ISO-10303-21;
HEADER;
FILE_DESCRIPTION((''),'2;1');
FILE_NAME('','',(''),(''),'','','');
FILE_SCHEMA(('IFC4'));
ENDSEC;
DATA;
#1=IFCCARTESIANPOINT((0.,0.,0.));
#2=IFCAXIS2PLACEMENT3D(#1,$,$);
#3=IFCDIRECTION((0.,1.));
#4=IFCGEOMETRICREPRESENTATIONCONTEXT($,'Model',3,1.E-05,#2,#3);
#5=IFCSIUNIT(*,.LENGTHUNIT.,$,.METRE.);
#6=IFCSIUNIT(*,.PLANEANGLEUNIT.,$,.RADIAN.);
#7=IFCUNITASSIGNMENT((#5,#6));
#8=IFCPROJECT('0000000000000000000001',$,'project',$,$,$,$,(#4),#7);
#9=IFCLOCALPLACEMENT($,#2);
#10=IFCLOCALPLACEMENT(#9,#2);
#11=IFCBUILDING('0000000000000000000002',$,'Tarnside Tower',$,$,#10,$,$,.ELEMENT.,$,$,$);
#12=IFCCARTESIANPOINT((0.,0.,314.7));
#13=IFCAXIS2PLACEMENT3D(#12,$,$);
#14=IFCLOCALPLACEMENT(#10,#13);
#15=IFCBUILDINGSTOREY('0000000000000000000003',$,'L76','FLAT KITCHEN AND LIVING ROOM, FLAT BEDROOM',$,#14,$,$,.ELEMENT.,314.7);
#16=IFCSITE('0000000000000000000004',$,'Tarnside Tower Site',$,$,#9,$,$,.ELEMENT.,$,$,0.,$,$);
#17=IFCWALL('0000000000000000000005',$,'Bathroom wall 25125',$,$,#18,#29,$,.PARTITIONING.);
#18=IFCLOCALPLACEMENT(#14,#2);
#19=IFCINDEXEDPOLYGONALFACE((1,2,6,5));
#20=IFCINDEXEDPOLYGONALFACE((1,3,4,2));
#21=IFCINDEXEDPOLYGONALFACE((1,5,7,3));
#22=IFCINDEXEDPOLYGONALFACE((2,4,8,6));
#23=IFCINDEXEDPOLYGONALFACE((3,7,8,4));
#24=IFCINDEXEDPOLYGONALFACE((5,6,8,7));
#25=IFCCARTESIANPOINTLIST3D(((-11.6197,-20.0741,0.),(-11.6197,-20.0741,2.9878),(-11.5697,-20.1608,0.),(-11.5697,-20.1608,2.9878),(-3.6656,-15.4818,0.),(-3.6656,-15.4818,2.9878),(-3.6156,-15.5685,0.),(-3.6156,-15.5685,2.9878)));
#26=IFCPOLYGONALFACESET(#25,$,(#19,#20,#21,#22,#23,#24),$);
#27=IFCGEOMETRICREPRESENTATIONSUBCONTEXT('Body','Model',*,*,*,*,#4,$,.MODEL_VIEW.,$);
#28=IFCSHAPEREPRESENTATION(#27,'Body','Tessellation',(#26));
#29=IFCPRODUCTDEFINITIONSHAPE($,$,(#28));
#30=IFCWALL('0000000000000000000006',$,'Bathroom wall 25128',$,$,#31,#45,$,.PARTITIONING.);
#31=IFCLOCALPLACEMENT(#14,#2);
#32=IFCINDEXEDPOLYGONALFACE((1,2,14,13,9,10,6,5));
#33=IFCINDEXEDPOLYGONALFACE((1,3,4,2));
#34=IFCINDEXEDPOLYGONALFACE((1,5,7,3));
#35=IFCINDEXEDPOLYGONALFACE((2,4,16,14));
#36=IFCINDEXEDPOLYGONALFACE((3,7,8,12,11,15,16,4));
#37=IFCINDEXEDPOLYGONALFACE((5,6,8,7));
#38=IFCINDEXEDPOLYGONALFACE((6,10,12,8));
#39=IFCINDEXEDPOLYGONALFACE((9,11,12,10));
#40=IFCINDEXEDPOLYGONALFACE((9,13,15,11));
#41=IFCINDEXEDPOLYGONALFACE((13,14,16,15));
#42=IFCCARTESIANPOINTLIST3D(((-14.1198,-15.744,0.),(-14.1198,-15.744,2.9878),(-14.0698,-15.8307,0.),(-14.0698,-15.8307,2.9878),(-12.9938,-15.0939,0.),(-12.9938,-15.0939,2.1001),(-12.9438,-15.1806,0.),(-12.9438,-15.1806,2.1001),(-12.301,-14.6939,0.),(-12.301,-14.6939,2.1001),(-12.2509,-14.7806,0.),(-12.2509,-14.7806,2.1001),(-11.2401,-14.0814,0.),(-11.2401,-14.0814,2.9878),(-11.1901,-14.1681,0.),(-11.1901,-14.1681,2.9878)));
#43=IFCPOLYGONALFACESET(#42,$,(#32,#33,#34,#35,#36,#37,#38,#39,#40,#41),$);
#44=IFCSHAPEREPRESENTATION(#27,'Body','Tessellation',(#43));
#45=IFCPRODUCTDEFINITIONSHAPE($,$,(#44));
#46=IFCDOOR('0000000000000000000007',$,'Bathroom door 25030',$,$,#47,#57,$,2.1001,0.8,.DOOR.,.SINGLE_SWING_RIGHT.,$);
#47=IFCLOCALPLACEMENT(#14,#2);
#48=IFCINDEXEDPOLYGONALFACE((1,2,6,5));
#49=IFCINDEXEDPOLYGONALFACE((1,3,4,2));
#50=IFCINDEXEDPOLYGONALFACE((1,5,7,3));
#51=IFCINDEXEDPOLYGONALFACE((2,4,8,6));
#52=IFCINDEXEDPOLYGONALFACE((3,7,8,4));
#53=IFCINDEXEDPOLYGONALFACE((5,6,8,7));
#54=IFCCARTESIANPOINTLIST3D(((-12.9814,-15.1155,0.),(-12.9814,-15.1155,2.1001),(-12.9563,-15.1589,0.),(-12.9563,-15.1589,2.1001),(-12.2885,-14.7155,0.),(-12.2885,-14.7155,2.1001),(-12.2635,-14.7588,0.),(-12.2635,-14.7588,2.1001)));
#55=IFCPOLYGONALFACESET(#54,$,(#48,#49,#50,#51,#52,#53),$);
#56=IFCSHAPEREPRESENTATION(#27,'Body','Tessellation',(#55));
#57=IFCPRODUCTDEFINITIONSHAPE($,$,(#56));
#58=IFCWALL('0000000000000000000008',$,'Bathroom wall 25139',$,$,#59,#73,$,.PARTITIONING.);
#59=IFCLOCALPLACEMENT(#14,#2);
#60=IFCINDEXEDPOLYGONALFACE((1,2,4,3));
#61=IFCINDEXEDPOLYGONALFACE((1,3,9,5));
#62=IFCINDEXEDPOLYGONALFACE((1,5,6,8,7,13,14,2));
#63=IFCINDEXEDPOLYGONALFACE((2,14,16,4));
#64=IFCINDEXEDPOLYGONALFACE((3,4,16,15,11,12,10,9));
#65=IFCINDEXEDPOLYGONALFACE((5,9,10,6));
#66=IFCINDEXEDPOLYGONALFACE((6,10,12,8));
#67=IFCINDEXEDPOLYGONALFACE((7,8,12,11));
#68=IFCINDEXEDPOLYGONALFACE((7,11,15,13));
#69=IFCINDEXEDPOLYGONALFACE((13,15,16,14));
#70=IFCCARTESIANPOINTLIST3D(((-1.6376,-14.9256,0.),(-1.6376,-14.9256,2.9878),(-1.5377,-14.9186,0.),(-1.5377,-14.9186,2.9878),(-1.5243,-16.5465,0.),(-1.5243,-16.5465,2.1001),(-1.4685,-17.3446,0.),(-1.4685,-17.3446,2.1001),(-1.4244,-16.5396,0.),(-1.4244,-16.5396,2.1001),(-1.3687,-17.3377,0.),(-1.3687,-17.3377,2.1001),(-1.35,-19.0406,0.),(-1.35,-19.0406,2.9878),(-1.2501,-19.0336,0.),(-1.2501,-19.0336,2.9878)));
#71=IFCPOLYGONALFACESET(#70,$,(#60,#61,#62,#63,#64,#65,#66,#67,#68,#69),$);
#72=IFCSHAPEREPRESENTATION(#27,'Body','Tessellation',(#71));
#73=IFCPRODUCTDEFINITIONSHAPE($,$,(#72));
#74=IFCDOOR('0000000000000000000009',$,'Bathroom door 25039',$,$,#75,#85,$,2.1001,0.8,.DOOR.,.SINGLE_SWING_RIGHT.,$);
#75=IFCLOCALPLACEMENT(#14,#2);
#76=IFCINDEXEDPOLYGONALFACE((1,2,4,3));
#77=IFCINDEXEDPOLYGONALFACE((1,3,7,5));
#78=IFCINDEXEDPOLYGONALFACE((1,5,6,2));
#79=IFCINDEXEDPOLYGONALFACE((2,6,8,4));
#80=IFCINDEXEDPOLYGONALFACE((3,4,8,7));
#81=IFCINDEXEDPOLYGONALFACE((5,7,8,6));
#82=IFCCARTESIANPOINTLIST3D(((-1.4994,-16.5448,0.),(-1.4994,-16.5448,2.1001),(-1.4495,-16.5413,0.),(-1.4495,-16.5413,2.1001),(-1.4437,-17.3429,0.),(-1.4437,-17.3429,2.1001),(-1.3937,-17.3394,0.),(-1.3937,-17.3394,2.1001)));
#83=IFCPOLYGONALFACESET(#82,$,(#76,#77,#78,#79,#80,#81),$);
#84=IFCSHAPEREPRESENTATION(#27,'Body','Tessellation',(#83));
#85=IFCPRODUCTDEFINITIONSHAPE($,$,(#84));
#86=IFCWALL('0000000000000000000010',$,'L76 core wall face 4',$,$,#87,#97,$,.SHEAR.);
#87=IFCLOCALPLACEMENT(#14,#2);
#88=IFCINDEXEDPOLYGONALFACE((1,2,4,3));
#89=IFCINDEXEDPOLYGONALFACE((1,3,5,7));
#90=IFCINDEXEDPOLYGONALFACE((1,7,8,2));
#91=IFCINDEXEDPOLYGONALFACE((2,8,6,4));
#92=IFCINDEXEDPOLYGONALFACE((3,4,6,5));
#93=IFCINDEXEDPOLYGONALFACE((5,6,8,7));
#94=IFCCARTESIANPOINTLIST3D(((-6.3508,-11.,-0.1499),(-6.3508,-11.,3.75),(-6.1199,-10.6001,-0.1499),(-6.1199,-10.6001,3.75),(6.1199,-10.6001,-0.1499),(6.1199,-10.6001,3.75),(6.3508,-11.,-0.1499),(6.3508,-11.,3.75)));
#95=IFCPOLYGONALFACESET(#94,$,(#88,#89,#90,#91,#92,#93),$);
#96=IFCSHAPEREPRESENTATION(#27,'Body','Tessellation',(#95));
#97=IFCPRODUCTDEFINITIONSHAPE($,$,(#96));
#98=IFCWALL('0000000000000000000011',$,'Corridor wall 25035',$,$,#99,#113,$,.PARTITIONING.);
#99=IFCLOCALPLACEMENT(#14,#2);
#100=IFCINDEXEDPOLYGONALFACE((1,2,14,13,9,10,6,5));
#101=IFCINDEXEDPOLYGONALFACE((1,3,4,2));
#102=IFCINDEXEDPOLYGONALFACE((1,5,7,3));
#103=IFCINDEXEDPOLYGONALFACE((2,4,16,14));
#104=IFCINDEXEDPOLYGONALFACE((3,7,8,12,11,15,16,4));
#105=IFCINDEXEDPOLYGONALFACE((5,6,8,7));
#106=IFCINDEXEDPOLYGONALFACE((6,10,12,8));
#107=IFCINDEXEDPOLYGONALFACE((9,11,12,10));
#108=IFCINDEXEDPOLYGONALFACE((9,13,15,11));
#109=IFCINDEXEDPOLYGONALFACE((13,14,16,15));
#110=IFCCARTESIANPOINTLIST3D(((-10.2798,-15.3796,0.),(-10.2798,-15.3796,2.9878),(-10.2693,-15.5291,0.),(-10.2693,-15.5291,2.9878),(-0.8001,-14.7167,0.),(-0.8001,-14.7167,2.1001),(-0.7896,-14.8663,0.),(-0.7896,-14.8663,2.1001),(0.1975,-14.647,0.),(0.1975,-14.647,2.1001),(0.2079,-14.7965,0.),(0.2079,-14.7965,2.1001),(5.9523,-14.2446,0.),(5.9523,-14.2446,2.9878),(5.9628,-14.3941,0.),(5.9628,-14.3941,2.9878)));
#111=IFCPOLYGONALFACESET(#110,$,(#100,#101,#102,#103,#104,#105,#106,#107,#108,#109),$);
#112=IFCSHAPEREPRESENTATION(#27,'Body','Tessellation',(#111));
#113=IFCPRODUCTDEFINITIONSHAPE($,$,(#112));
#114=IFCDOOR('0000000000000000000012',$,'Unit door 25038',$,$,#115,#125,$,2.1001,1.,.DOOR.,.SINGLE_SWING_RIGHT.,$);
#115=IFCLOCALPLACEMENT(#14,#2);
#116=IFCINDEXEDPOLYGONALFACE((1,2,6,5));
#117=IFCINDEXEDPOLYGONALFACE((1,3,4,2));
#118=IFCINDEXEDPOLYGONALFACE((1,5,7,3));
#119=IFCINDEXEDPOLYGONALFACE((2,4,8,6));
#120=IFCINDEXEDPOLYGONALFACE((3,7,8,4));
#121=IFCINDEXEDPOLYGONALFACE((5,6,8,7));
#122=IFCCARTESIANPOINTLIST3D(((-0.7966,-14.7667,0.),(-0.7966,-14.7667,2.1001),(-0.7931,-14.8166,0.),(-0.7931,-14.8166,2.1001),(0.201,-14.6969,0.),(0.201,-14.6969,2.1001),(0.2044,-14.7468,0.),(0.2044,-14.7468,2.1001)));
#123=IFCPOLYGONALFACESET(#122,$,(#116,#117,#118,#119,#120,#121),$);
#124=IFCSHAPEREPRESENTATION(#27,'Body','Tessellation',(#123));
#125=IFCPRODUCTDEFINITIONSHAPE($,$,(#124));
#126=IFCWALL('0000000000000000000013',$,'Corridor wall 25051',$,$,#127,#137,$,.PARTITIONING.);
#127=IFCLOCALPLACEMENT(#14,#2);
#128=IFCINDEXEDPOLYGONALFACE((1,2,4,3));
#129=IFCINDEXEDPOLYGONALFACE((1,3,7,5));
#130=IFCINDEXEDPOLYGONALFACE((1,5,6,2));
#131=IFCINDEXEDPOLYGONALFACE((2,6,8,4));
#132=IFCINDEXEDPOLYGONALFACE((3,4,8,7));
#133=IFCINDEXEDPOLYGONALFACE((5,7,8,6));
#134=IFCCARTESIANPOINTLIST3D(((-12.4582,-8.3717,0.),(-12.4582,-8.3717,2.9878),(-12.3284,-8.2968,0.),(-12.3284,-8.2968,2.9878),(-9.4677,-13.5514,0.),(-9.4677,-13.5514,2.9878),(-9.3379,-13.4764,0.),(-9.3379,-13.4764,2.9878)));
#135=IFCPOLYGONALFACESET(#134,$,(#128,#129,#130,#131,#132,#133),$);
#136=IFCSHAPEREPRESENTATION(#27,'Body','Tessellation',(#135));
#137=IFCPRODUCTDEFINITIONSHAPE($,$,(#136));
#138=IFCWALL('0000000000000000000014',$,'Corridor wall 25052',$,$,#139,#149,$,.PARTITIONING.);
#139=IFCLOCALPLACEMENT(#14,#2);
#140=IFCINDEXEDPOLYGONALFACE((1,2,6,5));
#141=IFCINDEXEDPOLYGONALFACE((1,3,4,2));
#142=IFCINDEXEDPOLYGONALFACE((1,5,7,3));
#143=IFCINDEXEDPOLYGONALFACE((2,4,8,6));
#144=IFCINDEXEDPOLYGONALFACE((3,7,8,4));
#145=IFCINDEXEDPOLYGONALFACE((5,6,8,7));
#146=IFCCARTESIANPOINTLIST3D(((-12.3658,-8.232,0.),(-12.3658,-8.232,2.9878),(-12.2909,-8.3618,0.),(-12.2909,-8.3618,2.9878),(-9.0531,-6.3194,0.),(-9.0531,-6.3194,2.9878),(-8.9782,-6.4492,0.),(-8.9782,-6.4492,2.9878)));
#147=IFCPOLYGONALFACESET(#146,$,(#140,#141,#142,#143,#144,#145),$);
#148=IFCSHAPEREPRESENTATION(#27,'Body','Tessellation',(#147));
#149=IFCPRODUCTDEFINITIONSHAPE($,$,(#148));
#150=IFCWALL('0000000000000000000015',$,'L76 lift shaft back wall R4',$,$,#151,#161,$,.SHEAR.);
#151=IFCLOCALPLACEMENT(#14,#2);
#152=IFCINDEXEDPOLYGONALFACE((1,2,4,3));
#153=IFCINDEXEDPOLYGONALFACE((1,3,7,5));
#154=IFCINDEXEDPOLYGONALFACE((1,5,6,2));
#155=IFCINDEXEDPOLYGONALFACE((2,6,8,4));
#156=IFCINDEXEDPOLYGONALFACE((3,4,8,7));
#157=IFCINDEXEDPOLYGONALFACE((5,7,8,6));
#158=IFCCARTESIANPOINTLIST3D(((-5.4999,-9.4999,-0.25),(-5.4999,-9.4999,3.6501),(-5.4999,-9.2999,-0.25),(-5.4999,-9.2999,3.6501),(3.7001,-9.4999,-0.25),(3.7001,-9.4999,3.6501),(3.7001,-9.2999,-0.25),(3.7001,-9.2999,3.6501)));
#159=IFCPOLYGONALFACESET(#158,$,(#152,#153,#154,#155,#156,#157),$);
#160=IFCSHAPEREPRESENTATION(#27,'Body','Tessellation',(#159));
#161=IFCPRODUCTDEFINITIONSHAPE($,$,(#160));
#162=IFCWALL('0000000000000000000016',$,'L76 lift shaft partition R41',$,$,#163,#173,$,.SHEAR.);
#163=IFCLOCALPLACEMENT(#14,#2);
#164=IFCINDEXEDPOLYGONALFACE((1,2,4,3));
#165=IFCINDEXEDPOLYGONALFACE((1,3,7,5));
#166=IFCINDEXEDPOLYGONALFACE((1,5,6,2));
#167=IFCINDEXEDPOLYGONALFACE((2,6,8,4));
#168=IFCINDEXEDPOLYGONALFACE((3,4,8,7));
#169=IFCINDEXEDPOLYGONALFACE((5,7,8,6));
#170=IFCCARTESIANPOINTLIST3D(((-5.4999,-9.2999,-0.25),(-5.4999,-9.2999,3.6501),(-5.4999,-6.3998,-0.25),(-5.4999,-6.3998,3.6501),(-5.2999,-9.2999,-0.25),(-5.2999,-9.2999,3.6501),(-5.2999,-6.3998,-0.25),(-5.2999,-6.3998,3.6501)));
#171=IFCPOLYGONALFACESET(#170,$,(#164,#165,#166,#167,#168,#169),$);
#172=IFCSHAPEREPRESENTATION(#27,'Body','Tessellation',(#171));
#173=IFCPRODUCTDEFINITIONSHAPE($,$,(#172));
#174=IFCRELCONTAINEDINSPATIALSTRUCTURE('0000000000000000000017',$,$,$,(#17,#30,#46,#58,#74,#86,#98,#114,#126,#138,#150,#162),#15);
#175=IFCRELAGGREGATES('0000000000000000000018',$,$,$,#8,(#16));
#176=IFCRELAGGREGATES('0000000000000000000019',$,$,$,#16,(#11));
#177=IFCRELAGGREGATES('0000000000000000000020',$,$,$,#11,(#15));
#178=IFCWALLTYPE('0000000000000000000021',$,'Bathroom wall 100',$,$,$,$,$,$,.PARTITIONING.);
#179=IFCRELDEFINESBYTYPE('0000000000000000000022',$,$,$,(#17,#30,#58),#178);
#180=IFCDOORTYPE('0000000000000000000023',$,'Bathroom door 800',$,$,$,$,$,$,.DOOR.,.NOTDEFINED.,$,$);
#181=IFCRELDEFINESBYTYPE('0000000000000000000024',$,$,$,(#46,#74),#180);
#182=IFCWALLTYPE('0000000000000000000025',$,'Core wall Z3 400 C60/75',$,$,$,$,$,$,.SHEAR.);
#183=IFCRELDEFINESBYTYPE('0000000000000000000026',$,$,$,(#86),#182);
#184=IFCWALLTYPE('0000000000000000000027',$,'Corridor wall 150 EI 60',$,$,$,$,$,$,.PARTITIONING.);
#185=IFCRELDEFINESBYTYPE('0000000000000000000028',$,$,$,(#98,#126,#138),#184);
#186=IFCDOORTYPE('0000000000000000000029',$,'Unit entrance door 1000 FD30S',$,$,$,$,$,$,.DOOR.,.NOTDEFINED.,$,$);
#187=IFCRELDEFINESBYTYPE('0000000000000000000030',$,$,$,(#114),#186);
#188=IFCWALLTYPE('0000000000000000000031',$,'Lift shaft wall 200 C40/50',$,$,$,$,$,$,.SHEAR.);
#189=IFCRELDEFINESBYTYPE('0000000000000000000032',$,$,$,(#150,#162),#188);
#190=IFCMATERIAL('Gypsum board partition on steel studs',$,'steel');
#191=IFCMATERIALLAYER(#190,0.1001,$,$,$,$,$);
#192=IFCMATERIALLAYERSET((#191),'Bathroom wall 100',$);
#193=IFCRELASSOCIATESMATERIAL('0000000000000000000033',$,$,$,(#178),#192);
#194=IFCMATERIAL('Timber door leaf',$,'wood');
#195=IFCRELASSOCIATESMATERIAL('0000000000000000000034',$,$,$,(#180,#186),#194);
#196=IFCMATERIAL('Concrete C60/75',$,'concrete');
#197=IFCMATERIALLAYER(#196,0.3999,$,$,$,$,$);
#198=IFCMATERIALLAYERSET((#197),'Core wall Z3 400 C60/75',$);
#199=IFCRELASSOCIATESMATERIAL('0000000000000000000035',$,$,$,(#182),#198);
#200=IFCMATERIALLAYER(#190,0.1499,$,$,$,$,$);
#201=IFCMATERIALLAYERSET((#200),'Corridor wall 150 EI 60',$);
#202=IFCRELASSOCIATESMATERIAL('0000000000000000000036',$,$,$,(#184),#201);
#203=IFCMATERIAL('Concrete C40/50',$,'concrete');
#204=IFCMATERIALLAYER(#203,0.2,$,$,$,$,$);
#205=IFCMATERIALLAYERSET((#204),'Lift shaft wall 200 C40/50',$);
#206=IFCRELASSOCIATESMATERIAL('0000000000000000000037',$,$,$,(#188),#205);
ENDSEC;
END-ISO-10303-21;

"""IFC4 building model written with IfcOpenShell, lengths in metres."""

from ifc_helpers import new_model, si_unit, direction, frame, frame_2d, origin, place, context, subcontext, project, spatial, polyline, rectangle, outline, extrude, material, layer, layer_set, type_object, element, fill, save


model = new_model("IFC4")

# Units and contexts
model_context = context("Model", 3, precision=1e-05, world=origin(), true_north=direction((0.0, 1.0)))
body_context = subcontext(model_context, "Body", "Model", "MODEL_VIEW")
ifc_project = project(units=[si_unit("LENGTHUNIT", "METRE"), si_unit("PLANEANGLEUNIT", "RADIAN")], contexts=[model_context])

# Site, building, storey
site_placement = place(None, origin())
site = spatial("IfcSite", under=ifc_project, at=site_placement, Name="Tarnside Tower Site", CompositionType="ELEMENT", RefElevation=0.0)
building_placement = place(site_placement, origin())
building = spatial("IfcBuilding", under=site, at=building_placement, Name="Tarnside Tower", CompositionType="ELEMENT")
storey_placement = place(building_placement, frame((0.0, 0.0, 314.7)))
storey = spatial("IfcBuildingStorey", under=building, at=storey_placement, Name="L76", Description="FLAT KITCHEN AND LIVING ROOM, FLAT BEDROOM", CompositionType="ELEMENT", Elevation=314.7)

# Wall
ifc_material_1 = material(Name="Gypsum board partition on steel studs", Category="steel")
ifc_layer_1 = layer(ifc_material_1, 0.1001)
ifc_layer_set_1 = layer_set([ifc_layer_1], Name="Bathroom wall 100")
wall_type_1 = type_object("IfcWallType", Name="Bathroom wall 100", PredefinedType="PARTITIONING", material=ifc_layer_set_1)
wall_1_placement = place(storey_placement, frame((-3.6406, -15.5251, 0.0), z_axis=(0.0, 0.0, 1.0), x_axis=(-0.866026, -0.499999, 0.0)))
element("IfcWall", 1, at=wall_1_placement, inside=storey, type_object=wall_type_1, Name="Bathroom wall 25125", PredefinedType="PARTITIONING", context=body_context, shape_type="SweptSolid", body=[
    extrude(rectangle(XDim=9.1846, YDim=0.1001, at=frame_2d((4.5923, 0.0))), origin(), (0.0, 0.0, 1.0), 2.9878),
])

# Walls, openings, doors
wall_2_placement = place(storey_placement, frame((-11.2151, -14.1248, 0.0), z_axis=(0.0, 0.0, 1.0), x_axis=(-0.866021, -0.500008, 0.0)))
wall_2 = element("IfcWall", 2, at=wall_2_placement, inside=storey, type_object=wall_type_1, Name="Bathroom wall 25128", PredefinedType="PARTITIONING", context=body_context, shape_type="SweptSolid", body=[
    extrude(rectangle(XDim=3.3252, YDim=0.1001, at=frame_2d((1.6626, 0.0))), origin(), (0.0, 0.0, 1.0), 2.9878),
])
opening_1_placement = place(wall_2_placement, frame((1.2251, 0.0, 0.0)))
opening_1 = element("IfcOpeningElement", 3, at=opening_1_placement, cuts=wall_2, PredefinedType="OPENING", context=body_context, shape_type="SweptSolid", body=[
    extrude(rectangle(XDim=0.8, YDim=2.1001, at=frame_2d((0.3999, 1.05))), frame((0.0, 0.0601, 0.0), z_axis=(0.0, -1.0, 0.0), x_axis=(1.0, 0.0, 0.0)), (0.0, 0.0, 1.0), 0.1201),
])
ifc_material_2 = material(Name="Timber door leaf", Category="wood")
door_type_1 = type_object("IfcDoorType", Name="Bathroom door 800", OperationType="NOTDEFINED", PredefinedType="DOOR", material=ifc_material_2)
door_1_placement = place(opening_1_placement, origin())
door_1 = element("IfcDoor", 4, at=door_1_placement, inside=storey, type_object=door_type_1, Name="Bathroom door 25030", OperationType="SINGLE_SWING_RIGHT", OverallHeight=2.1001, OverallWidth=0.8, PredefinedType="DOOR", context=body_context, shape_type="SweptSolid", body=[
    extrude(rectangle(XDim=0.8, YDim=2.1001, at=frame_2d((0.3999, 1.05))), frame((0.0, 0.0249, 0.0), z_axis=(0.0, -1.0, 0.0), x_axis=(1.0, 0.0, 0.0)), (0.0, 0.0, 1.0), 0.05),
])
fill(opening_1, door_1)
wall_3_placement = place(storey_placement, frame((-1.5876, -14.9221, 0.0), z_axis=(0.0, 0.0, 1.0), x_axis=(0.06972, -0.997567, 0.0)))
wall_3 = element("IfcWall", 5, at=wall_3_placement, inside=storey, type_object=wall_type_1, Name="Bathroom wall 25139", PredefinedType="PARTITIONING", context=body_context, shape_type="SweptSolid", body=[
    extrude(rectangle(XDim=4.125, YDim=0.1001, at=frame_2d((2.0625, 0.0))), origin(), (0.0, 0.0, 1.0), 2.9878),
])
opening_2_placement = place(wall_3_placement, frame((1.625, 0.0, 0.0)))
opening_2 = element("IfcOpeningElement", 6, at=opening_2_placement, cuts=wall_3, PredefinedType="OPENING", context=body_context, shape_type="SweptSolid", body=[
    extrude(rectangle(XDim=0.8, YDim=2.1001, at=frame_2d((0.3999, 1.05))), frame((0.0, 0.0601, 0.0), z_axis=(0.0, -1.0, 0.0), x_axis=(1.0, 0.0, 0.0)), (0.0, 0.0, 1.0), 0.1201),
])
door_2_placement = place(opening_2_placement, origin())
door_2 = element("IfcDoor", 7, at=door_2_placement, inside=storey, type_object=door_type_1, Name="Bathroom door 25039", OperationType="SINGLE_SWING_RIGHT", OverallHeight=2.1001, OverallWidth=0.8, PredefinedType="DOOR", context=body_context, shape_type="SweptSolid", body=[
    extrude(rectangle(XDim=0.8, YDim=2.1001, at=frame_2d((0.3999, 1.05))), frame((0.0, 0.0249, 0.0), z_axis=(0.0, -1.0, 0.0), x_axis=(1.0, 0.0, 0.0)), (0.0, 0.0, 1.0), 0.05),
])
fill(opening_2, door_2)

# Wall
ifc_material_3 = material(Name="Concrete C60/75", Category="concrete")
ifc_layer_2 = layer(ifc_material_3, 0.3999)
ifc_layer_set_2 = layer_set([ifc_layer_2], Name="Core wall Z3 400 C60/75")
wall_type_2 = type_object("IfcWallType", Name="Core wall Z3 400 C60/75", PredefinedType="SHEAR", material=ifc_layer_set_2)
wall_4_placement = place(storey_placement, frame((-6.2354, -10.8, -0.1499), z_axis=(0.0, 0.0, 1.0), x_axis=(1.0, 0.0, 0.0)))
element("IfcWall", 8, at=wall_4_placement, inside=storey, type_object=wall_type_2, Name="L76 core wall face 4", PredefinedType="SHEAR", context=body_context, shape_type="SweptSolid", body=[
    extrude(outline(polyline([(-0.1155, -0.2), (12.5862, -0.2), (12.3552, 0.2), (0.1155, 0.2), (-0.1155, -0.2)])), origin(), (0.0, 0.0, 1.0), 3.8999),
])

# Wall, opening, door
ifc_layer_3 = layer(ifc_material_1, 0.1499)
ifc_layer_set_3 = layer_set([ifc_layer_3], Name="Corridor wall 150 EI 60")
wall_type_3 = type_object("IfcWallType", Name="Corridor wall 150 EI 60", PredefinedType="PARTITIONING", material=ifc_layer_set_3)
wall_5_placement = place(storey_placement, frame((-10.2744, -15.4543, 0.0), z_axis=(0.0, 0.0, 1.0), x_axis=(0.997564, 0.069753, 0.0)))
wall_5 = element("IfcWall", 9, at=wall_5_placement, inside=storey, type_object=wall_type_3, Name="Corridor wall 25035", PredefinedType="PARTITIONING", context=body_context, shape_type="SweptSolid", body=[
    extrude(rectangle(XDim=16.2717, YDim=0.1499, at=frame_2d((8.1357, 0.0))), origin(), (0.0, 0.0, 1.0), 2.9878),
])
opening_3_placement = place(wall_5_placement, frame((9.5027, 0.0, 0.0)))
opening_3 = element("IfcOpeningElement", 10, at=opening_3_placement, cuts=wall_5, PredefinedType="OPENING", context=body_context, shape_type="SweptSolid", body=[
    extrude(rectangle(XDim=1.0, YDim=2.1001, at=frame_2d((0.5, 1.05))), frame((0.0, 0.085, 0.0), z_axis=(0.0, -1.0, 0.0), x_axis=(1.0, 0.0, 0.0)), (0.0, 0.0, 1.0), 0.1699),
])
door_type_2 = type_object("IfcDoorType", Name="Unit entrance door 1000 FD30S", OperationType="NOTDEFINED", PredefinedType="DOOR", material=ifc_material_2)
door_3_placement = place(opening_3_placement, origin())
door_3 = element("IfcDoor", 11, at=door_3_placement, inside=storey, type_object=door_type_2, Name="Unit door 25038", OperationType="SINGLE_SWING_RIGHT", OverallHeight=2.1001, OverallWidth=1.0, PredefinedType="DOOR", context=body_context, shape_type="SweptSolid", body=[
    extrude(rectangle(XDim=1.0, YDim=2.1001, at=frame_2d((0.5, 1.05))), frame((0.0, 0.0249, 0.0), z_axis=(0.0, -1.0, 0.0), x_axis=(1.0, 0.0, 0.0)), (0.0, 0.0, 1.0), 0.05),
])
fill(opening_3, door_3)

# Walls
wall_6_placement = place(storey_placement, frame((-9.4028, -13.5139, 0.0), z_axis=(0.0, 0.0, 1.0), x_axis=(-0.499998, 0.866027, 0.0)))
element("IfcWall", 12, at=wall_6_placement, inside=storey, type_object=wall_type_3, Name="Corridor wall 25051", PredefinedType="PARTITIONING", context=body_context, shape_type="SweptSolid", body=[
    extrude(rectangle(XDim=5.981, YDim=0.1499, at=frame_2d((2.9905, 0.0))), origin(), (0.0, 0.0, 1.0), 2.9878),
])
wall_7_placement = place(storey_placement, frame((-12.3284, -8.2969, 0.0), z_axis=(0.0, 0.0, 1.0), x_axis=(0.866027, 0.499997, 0.0)))
element("IfcWall", 13, at=wall_7_placement, inside=storey, type_object=wall_type_3, Name="Corridor wall 25052", PredefinedType="PARTITIONING", context=body_context, shape_type="SweptSolid", body=[
    extrude(rectangle(XDim=3.8252, YDim=0.1499, at=frame_2d((1.9126, 0.0))), origin(), (0.0, 0.0, 1.0), 2.9878),
])
ifc_material_4 = material(Name="Concrete C40/50", Category="concrete")
ifc_layer_4 = layer(ifc_material_4, 0.2)
ifc_layer_set_4 = layer_set([ifc_layer_4], Name="Lift shaft wall 200 C40/50")
wall_type_4 = type_object("IfcWallType", Name="Lift shaft wall 200 C40/50", PredefinedType="SHEAR", material=ifc_layer_set_4)
wall_8_placement = place(storey_placement, frame((-5.5, -9.3999, -0.25), z_axis=(0.0, 0.0, 1.0), x_axis=(1.0, 0.0, 0.0)))
element("IfcWall", 14, at=wall_8_placement, inside=storey, type_object=wall_type_4, Name="L76 lift shaft back wall R4", PredefinedType="SHEAR", context=body_context, shape_type="SweptSolid", body=[
    extrude(rectangle(XDim=9.2, YDim=0.2, at=frame_2d((4.6001, 0.0))), origin(), (0.0, 0.0, 1.0), 3.9001),
])
for number, where, z_axis, x_axis, name in (
    (15, (-5.3999, -9.3, -0.25), (0.0, 0.0, 1.0), (0.0, 1.0, 0.0), "L76 lift shaft partition R41"),
):
    element("IfcWall", number, at=place(storey_placement, frame(where, z_axis=z_axis, x_axis=x_axis)), inside=storey, type_object=wall_type_4, Name=name, PredefinedType="SHEAR", context=body_context, shape_type="SweptSolid", body=[
        extrude(rectangle(XDim=2.9001, YDim=0.2, at=frame_2d((1.4502, 0.0))), origin(), (0.0, 0.0, 1.0), 3.9001),
    ])

save(model, "model.ifc")
